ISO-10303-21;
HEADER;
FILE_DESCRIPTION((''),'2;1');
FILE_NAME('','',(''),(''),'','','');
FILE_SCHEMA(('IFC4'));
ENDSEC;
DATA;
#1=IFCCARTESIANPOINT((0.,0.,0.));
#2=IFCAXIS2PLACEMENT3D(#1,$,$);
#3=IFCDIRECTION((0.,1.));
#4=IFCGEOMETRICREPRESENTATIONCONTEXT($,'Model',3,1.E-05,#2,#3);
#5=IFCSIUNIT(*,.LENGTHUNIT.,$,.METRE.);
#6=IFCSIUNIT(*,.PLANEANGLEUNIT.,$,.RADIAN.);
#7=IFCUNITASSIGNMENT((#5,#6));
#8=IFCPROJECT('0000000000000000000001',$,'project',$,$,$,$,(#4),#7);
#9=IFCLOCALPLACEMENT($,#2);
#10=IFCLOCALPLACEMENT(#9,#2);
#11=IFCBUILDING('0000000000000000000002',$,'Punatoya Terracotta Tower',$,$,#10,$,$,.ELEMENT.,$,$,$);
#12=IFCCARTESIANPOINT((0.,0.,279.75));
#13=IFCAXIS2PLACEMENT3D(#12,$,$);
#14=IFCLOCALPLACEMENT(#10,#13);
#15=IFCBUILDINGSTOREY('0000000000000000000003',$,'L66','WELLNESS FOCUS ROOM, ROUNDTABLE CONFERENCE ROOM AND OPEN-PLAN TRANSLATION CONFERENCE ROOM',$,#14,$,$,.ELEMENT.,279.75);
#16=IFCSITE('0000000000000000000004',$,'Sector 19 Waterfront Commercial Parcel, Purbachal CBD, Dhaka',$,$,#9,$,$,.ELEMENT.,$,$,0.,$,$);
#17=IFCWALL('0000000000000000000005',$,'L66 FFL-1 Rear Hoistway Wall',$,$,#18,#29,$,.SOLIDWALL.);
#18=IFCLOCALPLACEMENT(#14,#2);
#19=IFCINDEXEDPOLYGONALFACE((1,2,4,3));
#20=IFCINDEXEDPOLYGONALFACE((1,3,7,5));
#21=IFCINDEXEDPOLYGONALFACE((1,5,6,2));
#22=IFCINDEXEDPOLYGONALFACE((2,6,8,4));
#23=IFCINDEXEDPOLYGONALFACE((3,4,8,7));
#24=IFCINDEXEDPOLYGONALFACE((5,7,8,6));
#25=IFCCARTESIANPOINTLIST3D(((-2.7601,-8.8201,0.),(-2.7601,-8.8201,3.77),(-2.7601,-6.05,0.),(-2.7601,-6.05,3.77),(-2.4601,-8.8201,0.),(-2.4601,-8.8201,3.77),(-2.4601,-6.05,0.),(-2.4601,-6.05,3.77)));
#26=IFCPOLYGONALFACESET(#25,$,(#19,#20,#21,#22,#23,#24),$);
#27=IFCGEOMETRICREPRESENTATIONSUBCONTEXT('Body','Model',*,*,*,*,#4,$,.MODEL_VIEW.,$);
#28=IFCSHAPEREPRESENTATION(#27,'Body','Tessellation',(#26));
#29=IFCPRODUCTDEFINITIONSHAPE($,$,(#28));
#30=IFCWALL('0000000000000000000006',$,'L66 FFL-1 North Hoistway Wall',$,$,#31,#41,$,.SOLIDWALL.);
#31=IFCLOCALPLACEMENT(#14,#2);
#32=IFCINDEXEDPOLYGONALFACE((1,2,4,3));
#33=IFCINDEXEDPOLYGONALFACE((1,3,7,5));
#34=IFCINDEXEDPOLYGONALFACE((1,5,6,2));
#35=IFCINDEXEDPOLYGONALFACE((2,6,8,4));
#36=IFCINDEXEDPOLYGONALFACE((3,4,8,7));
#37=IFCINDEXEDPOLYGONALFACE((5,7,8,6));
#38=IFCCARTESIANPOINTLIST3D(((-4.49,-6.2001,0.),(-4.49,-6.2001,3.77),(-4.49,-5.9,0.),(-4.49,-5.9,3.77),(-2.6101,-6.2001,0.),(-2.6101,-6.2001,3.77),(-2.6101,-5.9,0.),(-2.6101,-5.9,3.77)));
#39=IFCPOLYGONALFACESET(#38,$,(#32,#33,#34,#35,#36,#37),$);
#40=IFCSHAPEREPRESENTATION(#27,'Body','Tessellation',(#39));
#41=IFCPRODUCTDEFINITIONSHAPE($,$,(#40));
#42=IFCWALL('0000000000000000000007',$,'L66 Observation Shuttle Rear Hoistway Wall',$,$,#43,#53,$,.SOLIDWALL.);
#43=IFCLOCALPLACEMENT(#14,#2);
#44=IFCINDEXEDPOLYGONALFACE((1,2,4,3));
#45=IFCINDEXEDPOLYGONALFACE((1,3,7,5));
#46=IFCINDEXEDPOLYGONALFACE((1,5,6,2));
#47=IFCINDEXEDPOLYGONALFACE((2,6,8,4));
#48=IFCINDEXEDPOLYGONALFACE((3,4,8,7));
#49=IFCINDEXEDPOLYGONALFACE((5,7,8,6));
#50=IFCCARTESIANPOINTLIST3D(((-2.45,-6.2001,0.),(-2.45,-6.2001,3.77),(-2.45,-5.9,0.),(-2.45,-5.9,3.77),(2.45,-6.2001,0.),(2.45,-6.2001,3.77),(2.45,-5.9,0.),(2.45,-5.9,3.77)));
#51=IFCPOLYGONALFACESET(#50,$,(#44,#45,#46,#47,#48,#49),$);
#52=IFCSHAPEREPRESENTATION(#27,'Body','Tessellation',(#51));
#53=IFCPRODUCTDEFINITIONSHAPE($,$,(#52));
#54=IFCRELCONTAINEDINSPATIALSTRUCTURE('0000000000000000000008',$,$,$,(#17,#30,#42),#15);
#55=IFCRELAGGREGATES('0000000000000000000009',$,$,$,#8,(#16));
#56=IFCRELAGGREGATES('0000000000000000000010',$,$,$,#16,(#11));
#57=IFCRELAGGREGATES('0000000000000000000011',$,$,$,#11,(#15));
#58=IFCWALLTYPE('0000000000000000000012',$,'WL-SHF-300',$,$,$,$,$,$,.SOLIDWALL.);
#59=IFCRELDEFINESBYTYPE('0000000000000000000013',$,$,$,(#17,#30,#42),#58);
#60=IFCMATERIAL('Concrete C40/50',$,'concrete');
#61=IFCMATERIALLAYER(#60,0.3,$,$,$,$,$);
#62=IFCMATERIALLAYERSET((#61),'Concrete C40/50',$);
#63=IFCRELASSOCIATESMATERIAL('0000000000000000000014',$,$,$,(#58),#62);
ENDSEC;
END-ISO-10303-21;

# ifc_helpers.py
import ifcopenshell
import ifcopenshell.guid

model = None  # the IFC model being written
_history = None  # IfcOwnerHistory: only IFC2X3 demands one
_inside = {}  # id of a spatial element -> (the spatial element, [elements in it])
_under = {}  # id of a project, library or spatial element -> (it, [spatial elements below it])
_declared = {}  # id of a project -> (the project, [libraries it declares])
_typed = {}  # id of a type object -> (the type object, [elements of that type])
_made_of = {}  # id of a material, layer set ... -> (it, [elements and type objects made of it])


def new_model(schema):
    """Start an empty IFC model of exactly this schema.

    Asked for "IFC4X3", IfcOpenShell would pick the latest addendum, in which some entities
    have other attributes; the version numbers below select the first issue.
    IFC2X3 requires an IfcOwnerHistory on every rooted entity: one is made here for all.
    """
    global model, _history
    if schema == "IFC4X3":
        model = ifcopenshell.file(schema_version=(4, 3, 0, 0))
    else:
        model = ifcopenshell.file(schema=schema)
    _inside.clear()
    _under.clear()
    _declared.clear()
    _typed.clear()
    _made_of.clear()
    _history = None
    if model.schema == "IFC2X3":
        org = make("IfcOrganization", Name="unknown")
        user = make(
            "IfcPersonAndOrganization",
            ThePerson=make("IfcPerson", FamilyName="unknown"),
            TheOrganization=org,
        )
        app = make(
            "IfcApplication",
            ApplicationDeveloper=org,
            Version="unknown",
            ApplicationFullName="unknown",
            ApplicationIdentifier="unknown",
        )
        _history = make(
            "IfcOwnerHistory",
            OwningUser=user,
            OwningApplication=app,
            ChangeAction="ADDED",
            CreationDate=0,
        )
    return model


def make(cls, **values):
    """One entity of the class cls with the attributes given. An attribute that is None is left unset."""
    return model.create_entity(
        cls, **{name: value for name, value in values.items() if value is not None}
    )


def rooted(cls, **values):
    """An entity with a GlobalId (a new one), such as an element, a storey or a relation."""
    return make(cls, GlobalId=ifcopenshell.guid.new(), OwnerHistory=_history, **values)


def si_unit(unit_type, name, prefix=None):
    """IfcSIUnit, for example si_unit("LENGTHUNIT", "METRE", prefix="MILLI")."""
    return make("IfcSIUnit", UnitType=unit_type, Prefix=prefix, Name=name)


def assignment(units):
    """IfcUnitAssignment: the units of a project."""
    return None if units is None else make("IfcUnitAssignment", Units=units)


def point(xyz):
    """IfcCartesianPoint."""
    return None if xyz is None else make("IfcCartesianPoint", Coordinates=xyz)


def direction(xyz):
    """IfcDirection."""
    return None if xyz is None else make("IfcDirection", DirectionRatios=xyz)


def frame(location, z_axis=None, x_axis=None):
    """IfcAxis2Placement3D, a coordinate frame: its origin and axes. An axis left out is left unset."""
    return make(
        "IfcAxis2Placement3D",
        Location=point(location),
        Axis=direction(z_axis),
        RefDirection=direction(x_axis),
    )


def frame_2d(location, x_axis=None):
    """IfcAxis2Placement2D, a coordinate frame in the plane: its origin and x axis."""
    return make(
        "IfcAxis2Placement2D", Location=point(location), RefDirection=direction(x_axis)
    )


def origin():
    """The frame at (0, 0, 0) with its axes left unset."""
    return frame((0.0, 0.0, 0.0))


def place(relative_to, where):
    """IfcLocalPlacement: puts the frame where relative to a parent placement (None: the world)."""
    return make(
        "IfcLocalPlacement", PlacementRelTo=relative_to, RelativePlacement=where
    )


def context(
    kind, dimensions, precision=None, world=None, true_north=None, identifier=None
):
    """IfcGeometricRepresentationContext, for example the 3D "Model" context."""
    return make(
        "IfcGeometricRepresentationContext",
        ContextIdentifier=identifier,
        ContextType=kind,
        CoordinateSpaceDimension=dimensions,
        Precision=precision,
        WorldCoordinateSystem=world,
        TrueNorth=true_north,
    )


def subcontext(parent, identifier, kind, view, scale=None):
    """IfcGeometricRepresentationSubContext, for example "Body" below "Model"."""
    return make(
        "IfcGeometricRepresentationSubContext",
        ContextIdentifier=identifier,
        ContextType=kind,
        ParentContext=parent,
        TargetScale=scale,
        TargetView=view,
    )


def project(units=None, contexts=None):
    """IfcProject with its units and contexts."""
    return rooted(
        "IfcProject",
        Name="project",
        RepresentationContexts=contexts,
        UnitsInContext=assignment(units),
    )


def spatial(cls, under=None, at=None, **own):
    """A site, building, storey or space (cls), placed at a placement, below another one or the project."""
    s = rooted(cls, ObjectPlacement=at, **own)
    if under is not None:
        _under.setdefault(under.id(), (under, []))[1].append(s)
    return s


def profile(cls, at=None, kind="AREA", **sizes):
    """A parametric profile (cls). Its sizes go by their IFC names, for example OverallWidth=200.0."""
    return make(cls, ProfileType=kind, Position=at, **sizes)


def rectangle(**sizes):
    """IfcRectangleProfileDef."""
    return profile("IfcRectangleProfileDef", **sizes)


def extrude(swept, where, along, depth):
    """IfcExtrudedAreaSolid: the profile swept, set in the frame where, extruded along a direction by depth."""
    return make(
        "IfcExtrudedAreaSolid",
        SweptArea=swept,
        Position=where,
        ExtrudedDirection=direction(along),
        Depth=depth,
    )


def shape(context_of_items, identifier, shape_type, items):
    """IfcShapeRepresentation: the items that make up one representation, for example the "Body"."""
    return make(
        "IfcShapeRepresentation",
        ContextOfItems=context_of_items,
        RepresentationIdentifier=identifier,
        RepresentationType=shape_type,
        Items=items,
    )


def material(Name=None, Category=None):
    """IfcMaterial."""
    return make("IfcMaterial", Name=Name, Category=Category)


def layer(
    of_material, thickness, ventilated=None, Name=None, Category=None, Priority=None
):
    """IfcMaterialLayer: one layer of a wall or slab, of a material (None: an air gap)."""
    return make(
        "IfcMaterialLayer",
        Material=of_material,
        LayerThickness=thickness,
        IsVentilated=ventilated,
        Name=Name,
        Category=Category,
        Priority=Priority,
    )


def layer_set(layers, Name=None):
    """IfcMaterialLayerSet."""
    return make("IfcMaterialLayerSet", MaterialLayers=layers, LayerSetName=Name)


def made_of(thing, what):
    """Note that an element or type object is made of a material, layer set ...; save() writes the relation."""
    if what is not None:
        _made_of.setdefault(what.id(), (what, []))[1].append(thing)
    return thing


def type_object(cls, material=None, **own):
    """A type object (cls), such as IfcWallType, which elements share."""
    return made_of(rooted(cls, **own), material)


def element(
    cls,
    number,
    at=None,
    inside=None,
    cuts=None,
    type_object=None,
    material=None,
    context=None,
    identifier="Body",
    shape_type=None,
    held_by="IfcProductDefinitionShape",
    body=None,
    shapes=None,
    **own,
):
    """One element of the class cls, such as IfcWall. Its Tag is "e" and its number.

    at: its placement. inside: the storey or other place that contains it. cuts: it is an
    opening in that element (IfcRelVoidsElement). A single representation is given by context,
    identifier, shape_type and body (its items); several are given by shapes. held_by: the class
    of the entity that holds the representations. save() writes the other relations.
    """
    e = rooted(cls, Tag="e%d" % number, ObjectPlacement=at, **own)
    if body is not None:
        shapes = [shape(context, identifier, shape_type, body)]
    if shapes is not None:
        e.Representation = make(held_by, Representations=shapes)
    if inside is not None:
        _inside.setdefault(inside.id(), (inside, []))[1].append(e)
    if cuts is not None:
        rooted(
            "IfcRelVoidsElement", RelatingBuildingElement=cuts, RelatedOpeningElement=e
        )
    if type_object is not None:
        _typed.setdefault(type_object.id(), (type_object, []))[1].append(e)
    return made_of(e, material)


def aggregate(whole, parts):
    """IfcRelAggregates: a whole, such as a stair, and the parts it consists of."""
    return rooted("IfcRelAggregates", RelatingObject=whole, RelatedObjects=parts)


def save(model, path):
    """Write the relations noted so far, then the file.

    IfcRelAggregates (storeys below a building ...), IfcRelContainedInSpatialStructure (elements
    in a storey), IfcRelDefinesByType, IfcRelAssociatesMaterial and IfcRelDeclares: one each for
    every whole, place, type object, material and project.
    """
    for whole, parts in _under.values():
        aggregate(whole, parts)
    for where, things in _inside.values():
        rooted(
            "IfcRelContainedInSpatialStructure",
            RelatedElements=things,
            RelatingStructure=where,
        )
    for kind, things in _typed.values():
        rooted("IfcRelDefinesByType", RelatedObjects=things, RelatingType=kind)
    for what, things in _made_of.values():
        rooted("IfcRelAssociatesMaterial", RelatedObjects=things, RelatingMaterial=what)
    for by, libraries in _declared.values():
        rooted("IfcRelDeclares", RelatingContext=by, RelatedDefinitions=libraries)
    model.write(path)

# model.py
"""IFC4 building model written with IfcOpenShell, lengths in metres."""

from ifc_helpers import new_model, si_unit, direction, frame, frame_2d, origin, place, context, subcontext, project, spatial, rectangle, extrude, material, layer, layer_set, type_object, element, save


model = new_model("IFC4")

# Units and contexts
model_context = context("Model", 3, precision=1e-05, world=origin(), true_north=direction((0.0, 1.0)))
body_context = subcontext(model_context, "Body", "Model", "MODEL_VIEW")
ifc_project = project(units=[si_unit("LENGTHUNIT", "METRE"), si_unit("PLANEANGLEUNIT", "RADIAN")], contexts=[model_context])

# Site, building, storey
site_placement = place(None, origin())
site = spatial("IfcSite", under=ifc_project, at=site_placement, Name="Sector 19 Waterfront Commercial Parcel, Purbachal CBD, Dhaka", CompositionType="ELEMENT", RefElevation=0.0)
building_placement = place(site_placement, origin())
building = spatial("IfcBuilding", under=site, at=building_placement, Name="Punatoya Terracotta Tower", CompositionType="ELEMENT")
storey_placement = place(building_placement, frame((0.0, 0.0, 279.75)))
storey = spatial("IfcBuildingStorey", under=building, at=storey_placement, Name="L66", Description="WELLNESS FOCUS ROOM, ROUNDTABLE CONFERENCE ROOM AND OPEN-PLAN TRANSLATION CONFERENCE ROOM", CompositionType="ELEMENT", Elevation=279.75)

# Shared definitions
ifc_material_1 = material(Name="Concrete C40/50", Category="concrete")

# Shared definitions
ifc_layer_1 = layer(ifc_material_1, 0.3)
ifc_layer_set_1 = layer_set([ifc_layer_1], Name="Concrete C40/50")
wall_type_1 = type_object("IfcWallType", Name="WL-SHF-300", PredefinedType="SOLIDWALL", material=ifc_layer_set_1)

# Walls
wall_1_placement = place(storey_placement, frame((-2.6101, -8.8201, 0.0), z_axis=(0.0, 0.0, 1.0), x_axis=(0.0, 1.0, 0.0)))
element("IfcWall", 1, at=wall_1_placement, inside=storey, type_object=wall_type_1, Name="L66 FFL-1 Rear Hoistway Wall", PredefinedType="SOLIDWALL", context=body_context, shape_type="SweptSolid", body=[
    extrude(rectangle(XDim=2.77, YDim=0.3, at=frame_2d((1.385, 0.0))), origin(), (0.0, 0.0, 1.0), 3.77),
])
wall_2_placement = place(storey_placement, frame((-4.49, -6.05, 0.0), z_axis=(0.0, 0.0, 1.0), x_axis=(1.0, 0.0, 0.0)))
element("IfcWall", 2, at=wall_2_placement, inside=storey, type_object=wall_type_1, Name="L66 FFL-1 North Hoistway Wall", PredefinedType="SOLIDWALL", context=body_context, shape_type="SweptSolid", body=[
    extrude(rectangle(XDim=1.8799, YDim=0.3, at=frame_2d((0.9399, 0.0))), origin(), (0.0, 0.0, 1.0), 3.77),
])
wall_3_placement = place(storey_placement, frame((-2.45, -6.05, 0.0), z_axis=(0.0, 0.0, 1.0), x_axis=(1.0, 0.0, 0.0)))
element("IfcWall", 3, at=wall_3_placement, inside=storey, type_object=wall_type_1, Name="L66 Observation Shuttle Rear Hoistway Wall", PredefinedType="SOLIDWALL", context=body_context, shape_type="SweptSolid", body=[
    extrude(rectangle(XDim=4.8999, YDim=0.3, at=frame_2d((2.45, 0.0))), origin(), (0.0, 0.0, 1.0), 3.77),
])

save(model, "model.ifc")
